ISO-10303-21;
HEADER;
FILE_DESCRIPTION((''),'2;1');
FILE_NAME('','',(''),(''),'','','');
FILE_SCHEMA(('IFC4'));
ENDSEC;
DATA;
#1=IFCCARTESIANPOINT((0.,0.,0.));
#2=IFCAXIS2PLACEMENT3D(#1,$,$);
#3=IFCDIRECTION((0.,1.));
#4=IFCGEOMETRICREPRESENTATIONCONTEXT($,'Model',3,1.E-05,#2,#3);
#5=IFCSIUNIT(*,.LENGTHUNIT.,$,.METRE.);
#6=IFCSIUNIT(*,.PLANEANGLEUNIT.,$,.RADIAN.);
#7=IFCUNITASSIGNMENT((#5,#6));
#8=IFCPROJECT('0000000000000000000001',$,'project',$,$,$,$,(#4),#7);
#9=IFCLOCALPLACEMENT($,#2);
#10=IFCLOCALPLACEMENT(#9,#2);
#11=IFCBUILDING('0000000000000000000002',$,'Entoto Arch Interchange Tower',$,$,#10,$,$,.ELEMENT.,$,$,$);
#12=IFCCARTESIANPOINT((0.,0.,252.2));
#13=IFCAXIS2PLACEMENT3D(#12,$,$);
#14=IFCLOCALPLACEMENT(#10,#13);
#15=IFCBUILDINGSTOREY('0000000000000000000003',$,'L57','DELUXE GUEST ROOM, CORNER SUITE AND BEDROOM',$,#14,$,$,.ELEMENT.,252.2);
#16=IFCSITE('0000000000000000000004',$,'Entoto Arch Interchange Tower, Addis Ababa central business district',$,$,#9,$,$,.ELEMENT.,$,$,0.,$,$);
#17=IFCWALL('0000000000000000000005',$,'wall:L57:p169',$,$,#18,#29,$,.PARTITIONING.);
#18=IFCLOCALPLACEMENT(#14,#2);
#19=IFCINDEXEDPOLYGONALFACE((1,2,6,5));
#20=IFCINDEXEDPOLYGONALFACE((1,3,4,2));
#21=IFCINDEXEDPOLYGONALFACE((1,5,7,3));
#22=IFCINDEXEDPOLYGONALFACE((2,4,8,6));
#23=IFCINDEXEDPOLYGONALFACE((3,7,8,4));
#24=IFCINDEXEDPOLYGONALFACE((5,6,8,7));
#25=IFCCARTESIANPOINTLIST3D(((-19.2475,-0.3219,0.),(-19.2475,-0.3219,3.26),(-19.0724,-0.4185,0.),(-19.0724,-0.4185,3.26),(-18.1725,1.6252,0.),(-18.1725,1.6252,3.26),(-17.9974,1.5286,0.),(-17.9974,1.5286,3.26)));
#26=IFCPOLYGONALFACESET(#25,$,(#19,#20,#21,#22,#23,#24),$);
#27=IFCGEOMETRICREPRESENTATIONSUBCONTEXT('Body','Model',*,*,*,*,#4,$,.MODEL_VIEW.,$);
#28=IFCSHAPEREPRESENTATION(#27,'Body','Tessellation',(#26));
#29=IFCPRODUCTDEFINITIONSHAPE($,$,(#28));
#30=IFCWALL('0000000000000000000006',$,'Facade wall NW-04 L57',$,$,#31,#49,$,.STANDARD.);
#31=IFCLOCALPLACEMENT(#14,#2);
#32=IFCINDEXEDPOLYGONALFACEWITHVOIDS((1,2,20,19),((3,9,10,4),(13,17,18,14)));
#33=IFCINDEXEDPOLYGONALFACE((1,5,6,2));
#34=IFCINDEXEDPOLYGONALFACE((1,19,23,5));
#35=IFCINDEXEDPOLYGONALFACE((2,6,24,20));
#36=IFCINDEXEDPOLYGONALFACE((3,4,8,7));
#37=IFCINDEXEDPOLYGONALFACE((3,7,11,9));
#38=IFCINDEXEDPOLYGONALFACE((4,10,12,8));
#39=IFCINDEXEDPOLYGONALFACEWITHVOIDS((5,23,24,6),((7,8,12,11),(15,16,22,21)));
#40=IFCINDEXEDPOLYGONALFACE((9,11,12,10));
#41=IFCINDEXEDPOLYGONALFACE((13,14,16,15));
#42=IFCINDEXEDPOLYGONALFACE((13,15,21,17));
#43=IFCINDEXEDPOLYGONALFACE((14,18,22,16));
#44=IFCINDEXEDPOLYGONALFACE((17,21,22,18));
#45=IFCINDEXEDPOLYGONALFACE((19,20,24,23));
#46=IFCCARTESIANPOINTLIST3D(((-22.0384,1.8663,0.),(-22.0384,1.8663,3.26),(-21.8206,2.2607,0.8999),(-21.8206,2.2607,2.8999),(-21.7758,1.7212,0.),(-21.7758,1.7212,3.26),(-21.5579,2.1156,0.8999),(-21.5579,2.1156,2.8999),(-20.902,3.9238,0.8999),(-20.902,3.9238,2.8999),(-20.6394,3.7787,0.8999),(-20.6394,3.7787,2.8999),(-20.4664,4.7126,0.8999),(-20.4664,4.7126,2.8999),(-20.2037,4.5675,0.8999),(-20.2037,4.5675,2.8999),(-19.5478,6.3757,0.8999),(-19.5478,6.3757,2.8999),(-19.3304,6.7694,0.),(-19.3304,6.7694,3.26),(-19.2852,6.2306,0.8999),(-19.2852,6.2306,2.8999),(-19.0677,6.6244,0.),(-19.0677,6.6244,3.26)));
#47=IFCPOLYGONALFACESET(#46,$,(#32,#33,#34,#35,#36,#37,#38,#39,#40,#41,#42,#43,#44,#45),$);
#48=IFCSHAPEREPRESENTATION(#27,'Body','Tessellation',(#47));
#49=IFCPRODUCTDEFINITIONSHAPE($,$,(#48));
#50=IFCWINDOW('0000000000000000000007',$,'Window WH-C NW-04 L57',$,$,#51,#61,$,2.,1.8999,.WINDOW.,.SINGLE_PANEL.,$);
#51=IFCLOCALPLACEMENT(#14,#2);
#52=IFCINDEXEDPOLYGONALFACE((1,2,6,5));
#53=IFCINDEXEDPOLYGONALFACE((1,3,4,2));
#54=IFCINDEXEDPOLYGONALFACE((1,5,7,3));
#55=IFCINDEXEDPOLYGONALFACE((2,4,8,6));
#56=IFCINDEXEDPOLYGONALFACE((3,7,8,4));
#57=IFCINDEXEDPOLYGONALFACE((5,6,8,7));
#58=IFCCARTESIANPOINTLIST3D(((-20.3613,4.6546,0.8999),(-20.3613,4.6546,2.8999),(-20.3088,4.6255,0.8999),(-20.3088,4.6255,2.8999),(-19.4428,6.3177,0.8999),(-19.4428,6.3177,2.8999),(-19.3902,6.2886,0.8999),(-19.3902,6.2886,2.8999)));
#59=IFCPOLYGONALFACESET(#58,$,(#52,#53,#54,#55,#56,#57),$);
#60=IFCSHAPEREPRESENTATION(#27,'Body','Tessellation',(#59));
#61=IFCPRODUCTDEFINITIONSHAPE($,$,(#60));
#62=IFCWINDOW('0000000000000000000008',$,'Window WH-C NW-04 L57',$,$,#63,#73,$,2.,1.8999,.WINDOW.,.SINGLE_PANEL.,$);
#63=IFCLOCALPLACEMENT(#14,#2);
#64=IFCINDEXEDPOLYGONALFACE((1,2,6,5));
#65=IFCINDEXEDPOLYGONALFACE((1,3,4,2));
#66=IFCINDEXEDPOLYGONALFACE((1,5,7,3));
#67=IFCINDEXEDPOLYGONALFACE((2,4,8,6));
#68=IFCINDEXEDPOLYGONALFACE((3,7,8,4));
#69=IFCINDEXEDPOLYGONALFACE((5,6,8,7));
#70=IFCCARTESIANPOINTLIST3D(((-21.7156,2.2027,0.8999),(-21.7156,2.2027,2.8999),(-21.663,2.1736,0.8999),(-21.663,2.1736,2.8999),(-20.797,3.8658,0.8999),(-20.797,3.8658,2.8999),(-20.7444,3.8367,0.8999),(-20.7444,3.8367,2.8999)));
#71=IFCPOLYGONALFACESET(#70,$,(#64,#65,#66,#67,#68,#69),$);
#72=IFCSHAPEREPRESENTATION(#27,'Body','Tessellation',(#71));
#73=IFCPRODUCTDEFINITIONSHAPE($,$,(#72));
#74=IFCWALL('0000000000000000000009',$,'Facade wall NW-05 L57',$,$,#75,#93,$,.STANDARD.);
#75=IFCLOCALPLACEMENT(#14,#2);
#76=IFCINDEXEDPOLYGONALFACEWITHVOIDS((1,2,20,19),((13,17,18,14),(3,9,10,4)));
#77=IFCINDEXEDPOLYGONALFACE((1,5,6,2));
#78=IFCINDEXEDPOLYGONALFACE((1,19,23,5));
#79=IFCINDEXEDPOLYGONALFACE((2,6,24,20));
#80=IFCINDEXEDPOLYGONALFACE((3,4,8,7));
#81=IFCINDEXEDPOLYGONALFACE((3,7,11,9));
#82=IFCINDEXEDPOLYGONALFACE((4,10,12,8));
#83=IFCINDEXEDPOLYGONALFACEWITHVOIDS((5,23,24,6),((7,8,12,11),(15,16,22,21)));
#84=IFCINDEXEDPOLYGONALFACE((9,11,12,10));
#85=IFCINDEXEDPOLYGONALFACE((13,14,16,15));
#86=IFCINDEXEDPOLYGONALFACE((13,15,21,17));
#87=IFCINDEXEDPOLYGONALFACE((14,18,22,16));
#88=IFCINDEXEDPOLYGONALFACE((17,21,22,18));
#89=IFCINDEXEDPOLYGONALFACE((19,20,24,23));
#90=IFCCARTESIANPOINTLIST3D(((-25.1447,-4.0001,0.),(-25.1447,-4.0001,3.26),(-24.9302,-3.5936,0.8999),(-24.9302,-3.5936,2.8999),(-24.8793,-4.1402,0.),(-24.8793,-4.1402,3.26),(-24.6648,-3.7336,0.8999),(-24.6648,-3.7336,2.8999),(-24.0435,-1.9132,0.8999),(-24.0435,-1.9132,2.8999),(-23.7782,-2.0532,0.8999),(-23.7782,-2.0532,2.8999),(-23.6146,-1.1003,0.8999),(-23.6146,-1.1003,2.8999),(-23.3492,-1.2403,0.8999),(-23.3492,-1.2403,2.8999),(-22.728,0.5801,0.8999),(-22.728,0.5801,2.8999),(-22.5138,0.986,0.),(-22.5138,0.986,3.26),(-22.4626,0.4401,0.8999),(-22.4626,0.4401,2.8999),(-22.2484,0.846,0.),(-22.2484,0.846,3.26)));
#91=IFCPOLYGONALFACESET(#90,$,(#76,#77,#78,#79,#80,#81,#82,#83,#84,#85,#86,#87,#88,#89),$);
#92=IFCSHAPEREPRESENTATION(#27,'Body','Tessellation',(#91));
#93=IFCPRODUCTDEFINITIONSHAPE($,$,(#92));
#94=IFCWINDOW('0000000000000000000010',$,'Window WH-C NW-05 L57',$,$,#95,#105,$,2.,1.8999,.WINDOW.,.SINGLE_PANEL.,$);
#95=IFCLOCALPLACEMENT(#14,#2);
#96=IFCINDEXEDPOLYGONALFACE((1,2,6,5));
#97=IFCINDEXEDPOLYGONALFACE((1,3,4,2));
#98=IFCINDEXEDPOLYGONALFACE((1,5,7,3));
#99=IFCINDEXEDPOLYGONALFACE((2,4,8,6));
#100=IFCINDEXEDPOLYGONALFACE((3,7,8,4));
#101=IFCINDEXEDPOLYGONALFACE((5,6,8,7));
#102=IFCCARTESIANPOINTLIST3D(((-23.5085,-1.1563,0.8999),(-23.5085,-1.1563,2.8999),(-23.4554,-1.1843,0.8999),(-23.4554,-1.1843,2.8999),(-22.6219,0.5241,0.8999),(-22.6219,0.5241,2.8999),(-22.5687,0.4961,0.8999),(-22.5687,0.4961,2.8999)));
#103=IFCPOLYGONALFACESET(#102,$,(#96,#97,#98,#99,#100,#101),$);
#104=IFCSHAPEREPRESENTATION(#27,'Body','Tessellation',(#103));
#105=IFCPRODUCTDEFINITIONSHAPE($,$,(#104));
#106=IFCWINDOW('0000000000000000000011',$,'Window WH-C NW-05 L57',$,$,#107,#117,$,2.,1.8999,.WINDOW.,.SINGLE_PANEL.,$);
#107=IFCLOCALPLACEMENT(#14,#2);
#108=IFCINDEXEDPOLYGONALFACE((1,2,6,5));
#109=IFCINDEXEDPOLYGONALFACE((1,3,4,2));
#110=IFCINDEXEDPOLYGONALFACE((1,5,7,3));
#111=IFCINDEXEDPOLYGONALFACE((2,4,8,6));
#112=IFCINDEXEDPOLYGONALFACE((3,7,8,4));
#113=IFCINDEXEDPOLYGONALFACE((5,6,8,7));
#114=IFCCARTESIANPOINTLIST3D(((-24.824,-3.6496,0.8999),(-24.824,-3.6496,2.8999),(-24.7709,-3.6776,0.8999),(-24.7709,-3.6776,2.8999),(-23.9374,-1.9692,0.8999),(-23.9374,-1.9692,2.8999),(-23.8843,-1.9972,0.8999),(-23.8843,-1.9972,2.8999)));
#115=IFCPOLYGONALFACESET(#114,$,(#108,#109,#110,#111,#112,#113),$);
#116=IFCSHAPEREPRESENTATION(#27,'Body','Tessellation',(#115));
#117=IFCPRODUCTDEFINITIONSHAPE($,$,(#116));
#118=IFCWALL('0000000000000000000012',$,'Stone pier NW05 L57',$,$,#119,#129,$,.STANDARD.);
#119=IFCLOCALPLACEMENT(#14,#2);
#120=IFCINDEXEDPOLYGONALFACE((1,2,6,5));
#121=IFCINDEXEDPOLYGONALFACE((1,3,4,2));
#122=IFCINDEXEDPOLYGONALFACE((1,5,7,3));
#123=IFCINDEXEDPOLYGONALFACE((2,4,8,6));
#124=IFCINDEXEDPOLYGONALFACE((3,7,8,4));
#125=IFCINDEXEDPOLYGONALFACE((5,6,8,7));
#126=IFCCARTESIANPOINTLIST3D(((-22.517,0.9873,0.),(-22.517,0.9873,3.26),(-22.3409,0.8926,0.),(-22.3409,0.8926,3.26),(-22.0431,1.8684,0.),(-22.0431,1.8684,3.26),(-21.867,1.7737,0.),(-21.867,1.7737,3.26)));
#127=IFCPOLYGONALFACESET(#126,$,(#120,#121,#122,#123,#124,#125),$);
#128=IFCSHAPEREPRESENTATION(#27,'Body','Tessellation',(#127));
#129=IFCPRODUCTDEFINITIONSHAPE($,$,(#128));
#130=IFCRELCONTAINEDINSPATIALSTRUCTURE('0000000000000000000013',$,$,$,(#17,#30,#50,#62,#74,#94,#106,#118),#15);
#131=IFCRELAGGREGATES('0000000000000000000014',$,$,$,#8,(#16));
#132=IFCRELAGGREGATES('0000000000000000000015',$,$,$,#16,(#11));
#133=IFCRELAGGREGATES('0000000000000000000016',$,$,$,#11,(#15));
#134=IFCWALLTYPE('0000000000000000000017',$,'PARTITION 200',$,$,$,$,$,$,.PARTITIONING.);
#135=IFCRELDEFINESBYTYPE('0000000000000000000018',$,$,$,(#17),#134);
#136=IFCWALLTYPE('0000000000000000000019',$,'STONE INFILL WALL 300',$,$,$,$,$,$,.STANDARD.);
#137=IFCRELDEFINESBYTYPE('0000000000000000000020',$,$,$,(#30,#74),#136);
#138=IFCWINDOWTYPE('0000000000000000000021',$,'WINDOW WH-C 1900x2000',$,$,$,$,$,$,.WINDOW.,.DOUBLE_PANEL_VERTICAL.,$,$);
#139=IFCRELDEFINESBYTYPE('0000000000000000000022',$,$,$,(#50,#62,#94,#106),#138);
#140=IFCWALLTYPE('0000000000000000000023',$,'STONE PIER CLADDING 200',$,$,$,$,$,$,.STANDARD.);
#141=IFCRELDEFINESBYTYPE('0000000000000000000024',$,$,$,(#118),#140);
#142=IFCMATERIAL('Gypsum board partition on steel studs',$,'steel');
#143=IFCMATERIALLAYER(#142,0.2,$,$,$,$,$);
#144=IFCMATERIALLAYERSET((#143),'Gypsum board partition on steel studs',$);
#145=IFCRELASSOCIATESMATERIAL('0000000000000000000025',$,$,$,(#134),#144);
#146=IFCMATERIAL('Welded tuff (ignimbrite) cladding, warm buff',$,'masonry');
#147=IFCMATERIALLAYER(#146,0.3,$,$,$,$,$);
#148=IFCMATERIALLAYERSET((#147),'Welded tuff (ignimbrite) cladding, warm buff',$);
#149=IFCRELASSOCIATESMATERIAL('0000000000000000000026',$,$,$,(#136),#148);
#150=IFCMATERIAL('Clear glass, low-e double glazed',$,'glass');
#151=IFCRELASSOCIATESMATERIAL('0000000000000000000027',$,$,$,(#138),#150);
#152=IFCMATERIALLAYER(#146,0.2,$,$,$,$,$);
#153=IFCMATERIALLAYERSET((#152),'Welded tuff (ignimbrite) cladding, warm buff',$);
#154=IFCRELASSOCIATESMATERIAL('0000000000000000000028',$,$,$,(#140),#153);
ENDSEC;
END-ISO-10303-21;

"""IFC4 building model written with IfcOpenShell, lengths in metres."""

from ifc_helpers import new_model, si_unit, direction, frame, frame_2d, origin, place, context, subcontext, project, spatial, rectangle, extrude, material, layer, layer_set, type_object, element, fill, save


model = new_model("IFC4")

# Units and contexts
model_context = context("Model", 3, precision=1e-05, world=origin(), true_north=direction((0.0, 1.0)))
body_context = subcontext(model_context, "Body", "Model", "MODEL_VIEW")
ifc_project = project(units=[si_unit("LENGTHUNIT", "METRE"), si_unit("PLANEANGLEUNIT", "RADIAN")], contexts=[model_context])

# Site, building, storey
site_placement = place(None, origin())
site = spatial("IfcSite", under=ifc_project, at=site_placement, Name="Entoto Arch Interchange Tower, Addis Ababa central business district", CompositionType="ELEMENT", RefElevation=0.0)
building_placement = place(site_placement, origin())
building = spatial("IfcBuilding", under=site, at=building_placement, Name="Entoto Arch Interchange Tower", CompositionType="ELEMENT")
storey_placement = place(building_placement, frame((0.0, 0.0, 252.2)))
storey = spatial("IfcBuildingStorey", under=building, at=storey_placement, Name="L57", Description="DELUXE GUEST ROOM, CORNER SUITE AND BEDROOM", CompositionType="ELEMENT", Elevation=252.2)

# Shared definitions
ifc_material_1 = material(Name="Gypsum board partition on steel studs", Category="steel")
ifc_layer_1 = layer(ifc_material_1, 0.2)
ifc_layer_set_1 = layer_set([ifc_layer_1], Name="Gypsum board partition on steel studs")
wall_type_1 = type_object("IfcWallType", Name="PARTITION 200", PredefinedType="PARTITIONING", material=ifc_layer_set_1)

# Wall
wall_1_placement = place(storey_placement, frame((-18.085, 1.5769, 0.0), z_axis=(0.0, 0.0, 1.0), x_axis=(-0.48333, -0.875438, 0.0)))
element("IfcWall", 1, at=wall_1_placement, inside=storey, type_object=wall_type_1, Name="wall:L57:p169", PredefinedType="PARTITIONING", context=body_context, shape_type="SweptSolid", body=[
    extrude(rectangle(XDim=2.2241, YDim=0.2, at=frame_2d((1.1121, 0.0))), origin(), (0.0, 0.0, 1.0), 3.26),
])

# Walls, openings, windows
ifc_material_2 = material(Name="Welded tuff (ignimbrite) cladding, warm buff", Category="masonry")
ifc_layer_2 = layer(ifc_material_2, 0.3)
ifc_layer_set_2 = layer_set([ifc_layer_2], Name="Welded tuff (ignimbrite) cladding, warm buff")
wall_type_2 = type_object("IfcWallType", Name="STONE INFILL WALL 300", PredefinedType="STANDARD", material=ifc_layer_set_2)
wall_2_placement = place(storey_placement, frame((-19.199, 6.697, 0.0), z_axis=(0.0, 0.0, 1.0), x_axis=(-0.483469, -0.875361, 0.0)))
wall_2 = element("IfcWall", 2, at=wall_2_placement, inside=storey, type_object=wall_type_2, Name="Facade wall NW-04 L57", PredefinedType="STANDARD", context=body_context, shape_type="SweptSolid", body=[
    extrude(rectangle(XDim=5.6013, YDim=0.3, at=frame_2d((2.8008, 0.0))), origin(), (0.0, 0.0, 1.0), 3.26),
])
opening_1_placement = place(wall_2_placement, frame((0.45, 0.0, 0.8999)))
opening_1 = element("IfcOpeningElement", 3, at=opening_1_placement, cuts=wall_2, PredefinedType="OPENING", context=body_context, shape_type="SweptSolid", body=[
    extrude(rectangle(XDim=1.8999, YDim=2.0, at=frame_2d((0.95, 1.0))), frame((0.0, 0.1602, 0.0), z_axis=(0.0, -1.0, 0.0), x_axis=(1.0, 0.0, 0.0)), (0.0, 0.0, 1.0), 0.3201),
])
opening_2_placement = place(wall_2_placement, frame((3.251, 0.0, 0.8999)))
opening_2 = element("IfcOpeningElement", 4, at=opening_2_placement, cuts=wall_2, PredefinedType="OPENING", context=body_context, shape_type="SweptSolid", body=[
    extrude(rectangle(XDim=1.8999, YDim=2.0, at=frame_2d((0.95, 1.0))), frame((0.0, 0.1602, 0.0), z_axis=(0.0, -1.0, 0.0), x_axis=(1.0, 0.0, 0.0)), (0.0, 0.0, 1.0), 0.3201),
])
ifc_material_3 = material(Name="Clear glass, low-e double glazed", Category="glass")
window_type = type_object("IfcWindowType", Name="WINDOW WH-C 1900x2000", PartitioningType="DOUBLE_PANEL_VERTICAL", PredefinedType="WINDOW", material=ifc_material_3)
window_1_placement = place(opening_1_placement, origin())
window_1 = element("IfcWindow", 5, at=window_1_placement, inside=storey, type_object=window_type, Name="Window WH-C NW-04 L57", OverallHeight=2.0, OverallWidth=1.8999, PartitioningType="SINGLE_PANEL", PredefinedType="WINDOW", context=body_context, shape_type="SweptSolid", body=[
    extrude(rectangle(XDim=1.8999, YDim=2.0, at=frame_2d((0.95, 1.0))), frame((0.0, 0.03, 0.0), z_axis=(0.0, -1.0, 0.0), x_axis=(1.0, 0.0, 0.0)), (0.0, 0.0, 1.0), 0.0601),
])
fill(opening_1, window_1)
window_2_placement = place(opening_2_placement, origin())
window_2 = element("IfcWindow", 6, at=window_2_placement, inside=storey, type_object=window_type, Name="Window WH-C NW-04 L57", OverallHeight=2.0, OverallWidth=1.8999, PartitioningType="SINGLE_PANEL", PredefinedType="WINDOW", context=body_context, shape_type="SweptSolid", body=[
    extrude(rectangle(XDim=1.8999, YDim=2.0, at=frame_2d((0.95, 1.0))), frame((0.0, 0.03, 0.0), z_axis=(0.0, -1.0, 0.0), x_axis=(1.0, 0.0, 0.0)), (0.0, 0.0, 1.0), 0.0601),
])
fill(opening_2, window_2)
wall_3_placement = place(storey_placement, frame((-22.3811, 0.916, 0.0), z_axis=(0.0, 0.0, 1.0), x_axis=(-0.466664, -0.884435, 0.0)))
wall_3 = element("IfcWall", 7, at=wall_3_placement, inside=storey, type_object=wall_type_2, Name="Facade wall NW-05 L57", PredefinedType="STANDARD", context=body_context, shape_type="SweptSolid", body=[
    extrude(rectangle(XDim=5.6377, YDim=0.3, at=frame_2d((2.8188, 0.0))), origin(), (0.0, 0.0, 1.0), 3.26),
])
opening_3_placement = place(wall_3_placement, frame((0.459, 0.0, 0.8999)))
opening_3 = element("IfcOpeningElement", 8, at=opening_3_placement, cuts=wall_3, PredefinedType="OPENING", context=body_context, shape_type="SweptSolid", body=[
    extrude(rectangle(XDim=1.8999, YDim=2.0, at=frame_2d((0.95, 1.0))), frame((0.0, 0.1602, 0.0), z_axis=(0.0, -1.0, 0.0), x_axis=(1.0, 0.0, 0.0)), (0.0, 0.0, 1.0), 0.3201),
])
opening_4_placement = place(wall_3_placement, frame((3.2781, 0.0, 0.8999)))
opening_4 = element("IfcOpeningElement", 9, at=opening_4_placement, cuts=wall_3, PredefinedType="OPENING", context=body_context, shape_type="SweptSolid", body=[
    extrude(rectangle(XDim=1.8999, YDim=2.0, at=frame_2d((0.95, 1.0))), frame((0.0, 0.1602, 0.0), z_axis=(0.0, -1.0, 0.0), x_axis=(1.0, 0.0, 0.0)), (0.0, 0.0, 1.0), 0.3201),
])
window_3_placement = place(opening_3_placement, origin())
window_3 = element("IfcWindow", 10, at=window_3_placement, inside=storey, type_object=window_type, Name="Window WH-C NW-05 L57", OverallHeight=2.0, OverallWidth=1.8999, PartitioningType="SINGLE_PANEL", PredefinedType="WINDOW", context=body_context, shape_type="SweptSolid", body=[
    extrude(rectangle(XDim=1.8999, YDim=2.0, at=frame_2d((0.95, 1.0))), frame((0.0, 0.03, 0.0), z_axis=(0.0, -1.0, 0.0), x_axis=(1.0, 0.0, 0.0)), (0.0, 0.0, 1.0), 0.0601),
])
fill(opening_3, window_3)
window_4_placement = place(opening_4_placement, origin())
window_4 = element("IfcWindow", 11, at=window_4_placement, inside=storey, type_object=window_type, Name="Window WH-C NW-05 L57", OverallHeight=2.0, OverallWidth=1.8999, PartitioningType="SINGLE_PANEL", PredefinedType="WINDOW", context=body_context, shape_type="SweptSolid", body=[
    extrude(rectangle(XDim=1.8999, YDim=2.0, at=frame_2d((0.95, 1.0))), frame((0.0, 0.03, 0.0), z_axis=(0.0, -1.0, 0.0), x_axis=(1.0, 0.0, 0.0)), (0.0, 0.0, 1.0), 0.0601),
])
fill(opening_4, window_4)

# Wall
ifc_layer_3 = layer(ifc_material_2, 0.2)
ifc_layer_set_3 = layer_set([ifc_layer_3], Name="Welded tuff (ignimbrite) cladding, warm buff")
wall_type_3 = type_object("IfcWallType", Name="STONE PIER CLADDING 200", PredefinedType="STANDARD", material=ifc_layer_set_3)
wall_4_placement = place(storey_placement, frame((-21.9551, 1.821, 0.0), z_axis=(0.0, 0.0, 1.0), x_axis=(-0.473663, -0.880706, 0.0)))
element("IfcWall", 12, at=wall_4_placement, inside=storey, type_object=wall_type_3, Name="Stone pier NW05 L57", PredefinedType="STANDARD", context=body_context, shape_type="SweptSolid", body=[
    extrude(rectangle(XDim=1.0005, YDim=0.2, at=frame_2d((0.5002, 0.0))), origin(), (0.0, 0.0, 1.0), 3.26),
])

save(model, "model.ifc")
